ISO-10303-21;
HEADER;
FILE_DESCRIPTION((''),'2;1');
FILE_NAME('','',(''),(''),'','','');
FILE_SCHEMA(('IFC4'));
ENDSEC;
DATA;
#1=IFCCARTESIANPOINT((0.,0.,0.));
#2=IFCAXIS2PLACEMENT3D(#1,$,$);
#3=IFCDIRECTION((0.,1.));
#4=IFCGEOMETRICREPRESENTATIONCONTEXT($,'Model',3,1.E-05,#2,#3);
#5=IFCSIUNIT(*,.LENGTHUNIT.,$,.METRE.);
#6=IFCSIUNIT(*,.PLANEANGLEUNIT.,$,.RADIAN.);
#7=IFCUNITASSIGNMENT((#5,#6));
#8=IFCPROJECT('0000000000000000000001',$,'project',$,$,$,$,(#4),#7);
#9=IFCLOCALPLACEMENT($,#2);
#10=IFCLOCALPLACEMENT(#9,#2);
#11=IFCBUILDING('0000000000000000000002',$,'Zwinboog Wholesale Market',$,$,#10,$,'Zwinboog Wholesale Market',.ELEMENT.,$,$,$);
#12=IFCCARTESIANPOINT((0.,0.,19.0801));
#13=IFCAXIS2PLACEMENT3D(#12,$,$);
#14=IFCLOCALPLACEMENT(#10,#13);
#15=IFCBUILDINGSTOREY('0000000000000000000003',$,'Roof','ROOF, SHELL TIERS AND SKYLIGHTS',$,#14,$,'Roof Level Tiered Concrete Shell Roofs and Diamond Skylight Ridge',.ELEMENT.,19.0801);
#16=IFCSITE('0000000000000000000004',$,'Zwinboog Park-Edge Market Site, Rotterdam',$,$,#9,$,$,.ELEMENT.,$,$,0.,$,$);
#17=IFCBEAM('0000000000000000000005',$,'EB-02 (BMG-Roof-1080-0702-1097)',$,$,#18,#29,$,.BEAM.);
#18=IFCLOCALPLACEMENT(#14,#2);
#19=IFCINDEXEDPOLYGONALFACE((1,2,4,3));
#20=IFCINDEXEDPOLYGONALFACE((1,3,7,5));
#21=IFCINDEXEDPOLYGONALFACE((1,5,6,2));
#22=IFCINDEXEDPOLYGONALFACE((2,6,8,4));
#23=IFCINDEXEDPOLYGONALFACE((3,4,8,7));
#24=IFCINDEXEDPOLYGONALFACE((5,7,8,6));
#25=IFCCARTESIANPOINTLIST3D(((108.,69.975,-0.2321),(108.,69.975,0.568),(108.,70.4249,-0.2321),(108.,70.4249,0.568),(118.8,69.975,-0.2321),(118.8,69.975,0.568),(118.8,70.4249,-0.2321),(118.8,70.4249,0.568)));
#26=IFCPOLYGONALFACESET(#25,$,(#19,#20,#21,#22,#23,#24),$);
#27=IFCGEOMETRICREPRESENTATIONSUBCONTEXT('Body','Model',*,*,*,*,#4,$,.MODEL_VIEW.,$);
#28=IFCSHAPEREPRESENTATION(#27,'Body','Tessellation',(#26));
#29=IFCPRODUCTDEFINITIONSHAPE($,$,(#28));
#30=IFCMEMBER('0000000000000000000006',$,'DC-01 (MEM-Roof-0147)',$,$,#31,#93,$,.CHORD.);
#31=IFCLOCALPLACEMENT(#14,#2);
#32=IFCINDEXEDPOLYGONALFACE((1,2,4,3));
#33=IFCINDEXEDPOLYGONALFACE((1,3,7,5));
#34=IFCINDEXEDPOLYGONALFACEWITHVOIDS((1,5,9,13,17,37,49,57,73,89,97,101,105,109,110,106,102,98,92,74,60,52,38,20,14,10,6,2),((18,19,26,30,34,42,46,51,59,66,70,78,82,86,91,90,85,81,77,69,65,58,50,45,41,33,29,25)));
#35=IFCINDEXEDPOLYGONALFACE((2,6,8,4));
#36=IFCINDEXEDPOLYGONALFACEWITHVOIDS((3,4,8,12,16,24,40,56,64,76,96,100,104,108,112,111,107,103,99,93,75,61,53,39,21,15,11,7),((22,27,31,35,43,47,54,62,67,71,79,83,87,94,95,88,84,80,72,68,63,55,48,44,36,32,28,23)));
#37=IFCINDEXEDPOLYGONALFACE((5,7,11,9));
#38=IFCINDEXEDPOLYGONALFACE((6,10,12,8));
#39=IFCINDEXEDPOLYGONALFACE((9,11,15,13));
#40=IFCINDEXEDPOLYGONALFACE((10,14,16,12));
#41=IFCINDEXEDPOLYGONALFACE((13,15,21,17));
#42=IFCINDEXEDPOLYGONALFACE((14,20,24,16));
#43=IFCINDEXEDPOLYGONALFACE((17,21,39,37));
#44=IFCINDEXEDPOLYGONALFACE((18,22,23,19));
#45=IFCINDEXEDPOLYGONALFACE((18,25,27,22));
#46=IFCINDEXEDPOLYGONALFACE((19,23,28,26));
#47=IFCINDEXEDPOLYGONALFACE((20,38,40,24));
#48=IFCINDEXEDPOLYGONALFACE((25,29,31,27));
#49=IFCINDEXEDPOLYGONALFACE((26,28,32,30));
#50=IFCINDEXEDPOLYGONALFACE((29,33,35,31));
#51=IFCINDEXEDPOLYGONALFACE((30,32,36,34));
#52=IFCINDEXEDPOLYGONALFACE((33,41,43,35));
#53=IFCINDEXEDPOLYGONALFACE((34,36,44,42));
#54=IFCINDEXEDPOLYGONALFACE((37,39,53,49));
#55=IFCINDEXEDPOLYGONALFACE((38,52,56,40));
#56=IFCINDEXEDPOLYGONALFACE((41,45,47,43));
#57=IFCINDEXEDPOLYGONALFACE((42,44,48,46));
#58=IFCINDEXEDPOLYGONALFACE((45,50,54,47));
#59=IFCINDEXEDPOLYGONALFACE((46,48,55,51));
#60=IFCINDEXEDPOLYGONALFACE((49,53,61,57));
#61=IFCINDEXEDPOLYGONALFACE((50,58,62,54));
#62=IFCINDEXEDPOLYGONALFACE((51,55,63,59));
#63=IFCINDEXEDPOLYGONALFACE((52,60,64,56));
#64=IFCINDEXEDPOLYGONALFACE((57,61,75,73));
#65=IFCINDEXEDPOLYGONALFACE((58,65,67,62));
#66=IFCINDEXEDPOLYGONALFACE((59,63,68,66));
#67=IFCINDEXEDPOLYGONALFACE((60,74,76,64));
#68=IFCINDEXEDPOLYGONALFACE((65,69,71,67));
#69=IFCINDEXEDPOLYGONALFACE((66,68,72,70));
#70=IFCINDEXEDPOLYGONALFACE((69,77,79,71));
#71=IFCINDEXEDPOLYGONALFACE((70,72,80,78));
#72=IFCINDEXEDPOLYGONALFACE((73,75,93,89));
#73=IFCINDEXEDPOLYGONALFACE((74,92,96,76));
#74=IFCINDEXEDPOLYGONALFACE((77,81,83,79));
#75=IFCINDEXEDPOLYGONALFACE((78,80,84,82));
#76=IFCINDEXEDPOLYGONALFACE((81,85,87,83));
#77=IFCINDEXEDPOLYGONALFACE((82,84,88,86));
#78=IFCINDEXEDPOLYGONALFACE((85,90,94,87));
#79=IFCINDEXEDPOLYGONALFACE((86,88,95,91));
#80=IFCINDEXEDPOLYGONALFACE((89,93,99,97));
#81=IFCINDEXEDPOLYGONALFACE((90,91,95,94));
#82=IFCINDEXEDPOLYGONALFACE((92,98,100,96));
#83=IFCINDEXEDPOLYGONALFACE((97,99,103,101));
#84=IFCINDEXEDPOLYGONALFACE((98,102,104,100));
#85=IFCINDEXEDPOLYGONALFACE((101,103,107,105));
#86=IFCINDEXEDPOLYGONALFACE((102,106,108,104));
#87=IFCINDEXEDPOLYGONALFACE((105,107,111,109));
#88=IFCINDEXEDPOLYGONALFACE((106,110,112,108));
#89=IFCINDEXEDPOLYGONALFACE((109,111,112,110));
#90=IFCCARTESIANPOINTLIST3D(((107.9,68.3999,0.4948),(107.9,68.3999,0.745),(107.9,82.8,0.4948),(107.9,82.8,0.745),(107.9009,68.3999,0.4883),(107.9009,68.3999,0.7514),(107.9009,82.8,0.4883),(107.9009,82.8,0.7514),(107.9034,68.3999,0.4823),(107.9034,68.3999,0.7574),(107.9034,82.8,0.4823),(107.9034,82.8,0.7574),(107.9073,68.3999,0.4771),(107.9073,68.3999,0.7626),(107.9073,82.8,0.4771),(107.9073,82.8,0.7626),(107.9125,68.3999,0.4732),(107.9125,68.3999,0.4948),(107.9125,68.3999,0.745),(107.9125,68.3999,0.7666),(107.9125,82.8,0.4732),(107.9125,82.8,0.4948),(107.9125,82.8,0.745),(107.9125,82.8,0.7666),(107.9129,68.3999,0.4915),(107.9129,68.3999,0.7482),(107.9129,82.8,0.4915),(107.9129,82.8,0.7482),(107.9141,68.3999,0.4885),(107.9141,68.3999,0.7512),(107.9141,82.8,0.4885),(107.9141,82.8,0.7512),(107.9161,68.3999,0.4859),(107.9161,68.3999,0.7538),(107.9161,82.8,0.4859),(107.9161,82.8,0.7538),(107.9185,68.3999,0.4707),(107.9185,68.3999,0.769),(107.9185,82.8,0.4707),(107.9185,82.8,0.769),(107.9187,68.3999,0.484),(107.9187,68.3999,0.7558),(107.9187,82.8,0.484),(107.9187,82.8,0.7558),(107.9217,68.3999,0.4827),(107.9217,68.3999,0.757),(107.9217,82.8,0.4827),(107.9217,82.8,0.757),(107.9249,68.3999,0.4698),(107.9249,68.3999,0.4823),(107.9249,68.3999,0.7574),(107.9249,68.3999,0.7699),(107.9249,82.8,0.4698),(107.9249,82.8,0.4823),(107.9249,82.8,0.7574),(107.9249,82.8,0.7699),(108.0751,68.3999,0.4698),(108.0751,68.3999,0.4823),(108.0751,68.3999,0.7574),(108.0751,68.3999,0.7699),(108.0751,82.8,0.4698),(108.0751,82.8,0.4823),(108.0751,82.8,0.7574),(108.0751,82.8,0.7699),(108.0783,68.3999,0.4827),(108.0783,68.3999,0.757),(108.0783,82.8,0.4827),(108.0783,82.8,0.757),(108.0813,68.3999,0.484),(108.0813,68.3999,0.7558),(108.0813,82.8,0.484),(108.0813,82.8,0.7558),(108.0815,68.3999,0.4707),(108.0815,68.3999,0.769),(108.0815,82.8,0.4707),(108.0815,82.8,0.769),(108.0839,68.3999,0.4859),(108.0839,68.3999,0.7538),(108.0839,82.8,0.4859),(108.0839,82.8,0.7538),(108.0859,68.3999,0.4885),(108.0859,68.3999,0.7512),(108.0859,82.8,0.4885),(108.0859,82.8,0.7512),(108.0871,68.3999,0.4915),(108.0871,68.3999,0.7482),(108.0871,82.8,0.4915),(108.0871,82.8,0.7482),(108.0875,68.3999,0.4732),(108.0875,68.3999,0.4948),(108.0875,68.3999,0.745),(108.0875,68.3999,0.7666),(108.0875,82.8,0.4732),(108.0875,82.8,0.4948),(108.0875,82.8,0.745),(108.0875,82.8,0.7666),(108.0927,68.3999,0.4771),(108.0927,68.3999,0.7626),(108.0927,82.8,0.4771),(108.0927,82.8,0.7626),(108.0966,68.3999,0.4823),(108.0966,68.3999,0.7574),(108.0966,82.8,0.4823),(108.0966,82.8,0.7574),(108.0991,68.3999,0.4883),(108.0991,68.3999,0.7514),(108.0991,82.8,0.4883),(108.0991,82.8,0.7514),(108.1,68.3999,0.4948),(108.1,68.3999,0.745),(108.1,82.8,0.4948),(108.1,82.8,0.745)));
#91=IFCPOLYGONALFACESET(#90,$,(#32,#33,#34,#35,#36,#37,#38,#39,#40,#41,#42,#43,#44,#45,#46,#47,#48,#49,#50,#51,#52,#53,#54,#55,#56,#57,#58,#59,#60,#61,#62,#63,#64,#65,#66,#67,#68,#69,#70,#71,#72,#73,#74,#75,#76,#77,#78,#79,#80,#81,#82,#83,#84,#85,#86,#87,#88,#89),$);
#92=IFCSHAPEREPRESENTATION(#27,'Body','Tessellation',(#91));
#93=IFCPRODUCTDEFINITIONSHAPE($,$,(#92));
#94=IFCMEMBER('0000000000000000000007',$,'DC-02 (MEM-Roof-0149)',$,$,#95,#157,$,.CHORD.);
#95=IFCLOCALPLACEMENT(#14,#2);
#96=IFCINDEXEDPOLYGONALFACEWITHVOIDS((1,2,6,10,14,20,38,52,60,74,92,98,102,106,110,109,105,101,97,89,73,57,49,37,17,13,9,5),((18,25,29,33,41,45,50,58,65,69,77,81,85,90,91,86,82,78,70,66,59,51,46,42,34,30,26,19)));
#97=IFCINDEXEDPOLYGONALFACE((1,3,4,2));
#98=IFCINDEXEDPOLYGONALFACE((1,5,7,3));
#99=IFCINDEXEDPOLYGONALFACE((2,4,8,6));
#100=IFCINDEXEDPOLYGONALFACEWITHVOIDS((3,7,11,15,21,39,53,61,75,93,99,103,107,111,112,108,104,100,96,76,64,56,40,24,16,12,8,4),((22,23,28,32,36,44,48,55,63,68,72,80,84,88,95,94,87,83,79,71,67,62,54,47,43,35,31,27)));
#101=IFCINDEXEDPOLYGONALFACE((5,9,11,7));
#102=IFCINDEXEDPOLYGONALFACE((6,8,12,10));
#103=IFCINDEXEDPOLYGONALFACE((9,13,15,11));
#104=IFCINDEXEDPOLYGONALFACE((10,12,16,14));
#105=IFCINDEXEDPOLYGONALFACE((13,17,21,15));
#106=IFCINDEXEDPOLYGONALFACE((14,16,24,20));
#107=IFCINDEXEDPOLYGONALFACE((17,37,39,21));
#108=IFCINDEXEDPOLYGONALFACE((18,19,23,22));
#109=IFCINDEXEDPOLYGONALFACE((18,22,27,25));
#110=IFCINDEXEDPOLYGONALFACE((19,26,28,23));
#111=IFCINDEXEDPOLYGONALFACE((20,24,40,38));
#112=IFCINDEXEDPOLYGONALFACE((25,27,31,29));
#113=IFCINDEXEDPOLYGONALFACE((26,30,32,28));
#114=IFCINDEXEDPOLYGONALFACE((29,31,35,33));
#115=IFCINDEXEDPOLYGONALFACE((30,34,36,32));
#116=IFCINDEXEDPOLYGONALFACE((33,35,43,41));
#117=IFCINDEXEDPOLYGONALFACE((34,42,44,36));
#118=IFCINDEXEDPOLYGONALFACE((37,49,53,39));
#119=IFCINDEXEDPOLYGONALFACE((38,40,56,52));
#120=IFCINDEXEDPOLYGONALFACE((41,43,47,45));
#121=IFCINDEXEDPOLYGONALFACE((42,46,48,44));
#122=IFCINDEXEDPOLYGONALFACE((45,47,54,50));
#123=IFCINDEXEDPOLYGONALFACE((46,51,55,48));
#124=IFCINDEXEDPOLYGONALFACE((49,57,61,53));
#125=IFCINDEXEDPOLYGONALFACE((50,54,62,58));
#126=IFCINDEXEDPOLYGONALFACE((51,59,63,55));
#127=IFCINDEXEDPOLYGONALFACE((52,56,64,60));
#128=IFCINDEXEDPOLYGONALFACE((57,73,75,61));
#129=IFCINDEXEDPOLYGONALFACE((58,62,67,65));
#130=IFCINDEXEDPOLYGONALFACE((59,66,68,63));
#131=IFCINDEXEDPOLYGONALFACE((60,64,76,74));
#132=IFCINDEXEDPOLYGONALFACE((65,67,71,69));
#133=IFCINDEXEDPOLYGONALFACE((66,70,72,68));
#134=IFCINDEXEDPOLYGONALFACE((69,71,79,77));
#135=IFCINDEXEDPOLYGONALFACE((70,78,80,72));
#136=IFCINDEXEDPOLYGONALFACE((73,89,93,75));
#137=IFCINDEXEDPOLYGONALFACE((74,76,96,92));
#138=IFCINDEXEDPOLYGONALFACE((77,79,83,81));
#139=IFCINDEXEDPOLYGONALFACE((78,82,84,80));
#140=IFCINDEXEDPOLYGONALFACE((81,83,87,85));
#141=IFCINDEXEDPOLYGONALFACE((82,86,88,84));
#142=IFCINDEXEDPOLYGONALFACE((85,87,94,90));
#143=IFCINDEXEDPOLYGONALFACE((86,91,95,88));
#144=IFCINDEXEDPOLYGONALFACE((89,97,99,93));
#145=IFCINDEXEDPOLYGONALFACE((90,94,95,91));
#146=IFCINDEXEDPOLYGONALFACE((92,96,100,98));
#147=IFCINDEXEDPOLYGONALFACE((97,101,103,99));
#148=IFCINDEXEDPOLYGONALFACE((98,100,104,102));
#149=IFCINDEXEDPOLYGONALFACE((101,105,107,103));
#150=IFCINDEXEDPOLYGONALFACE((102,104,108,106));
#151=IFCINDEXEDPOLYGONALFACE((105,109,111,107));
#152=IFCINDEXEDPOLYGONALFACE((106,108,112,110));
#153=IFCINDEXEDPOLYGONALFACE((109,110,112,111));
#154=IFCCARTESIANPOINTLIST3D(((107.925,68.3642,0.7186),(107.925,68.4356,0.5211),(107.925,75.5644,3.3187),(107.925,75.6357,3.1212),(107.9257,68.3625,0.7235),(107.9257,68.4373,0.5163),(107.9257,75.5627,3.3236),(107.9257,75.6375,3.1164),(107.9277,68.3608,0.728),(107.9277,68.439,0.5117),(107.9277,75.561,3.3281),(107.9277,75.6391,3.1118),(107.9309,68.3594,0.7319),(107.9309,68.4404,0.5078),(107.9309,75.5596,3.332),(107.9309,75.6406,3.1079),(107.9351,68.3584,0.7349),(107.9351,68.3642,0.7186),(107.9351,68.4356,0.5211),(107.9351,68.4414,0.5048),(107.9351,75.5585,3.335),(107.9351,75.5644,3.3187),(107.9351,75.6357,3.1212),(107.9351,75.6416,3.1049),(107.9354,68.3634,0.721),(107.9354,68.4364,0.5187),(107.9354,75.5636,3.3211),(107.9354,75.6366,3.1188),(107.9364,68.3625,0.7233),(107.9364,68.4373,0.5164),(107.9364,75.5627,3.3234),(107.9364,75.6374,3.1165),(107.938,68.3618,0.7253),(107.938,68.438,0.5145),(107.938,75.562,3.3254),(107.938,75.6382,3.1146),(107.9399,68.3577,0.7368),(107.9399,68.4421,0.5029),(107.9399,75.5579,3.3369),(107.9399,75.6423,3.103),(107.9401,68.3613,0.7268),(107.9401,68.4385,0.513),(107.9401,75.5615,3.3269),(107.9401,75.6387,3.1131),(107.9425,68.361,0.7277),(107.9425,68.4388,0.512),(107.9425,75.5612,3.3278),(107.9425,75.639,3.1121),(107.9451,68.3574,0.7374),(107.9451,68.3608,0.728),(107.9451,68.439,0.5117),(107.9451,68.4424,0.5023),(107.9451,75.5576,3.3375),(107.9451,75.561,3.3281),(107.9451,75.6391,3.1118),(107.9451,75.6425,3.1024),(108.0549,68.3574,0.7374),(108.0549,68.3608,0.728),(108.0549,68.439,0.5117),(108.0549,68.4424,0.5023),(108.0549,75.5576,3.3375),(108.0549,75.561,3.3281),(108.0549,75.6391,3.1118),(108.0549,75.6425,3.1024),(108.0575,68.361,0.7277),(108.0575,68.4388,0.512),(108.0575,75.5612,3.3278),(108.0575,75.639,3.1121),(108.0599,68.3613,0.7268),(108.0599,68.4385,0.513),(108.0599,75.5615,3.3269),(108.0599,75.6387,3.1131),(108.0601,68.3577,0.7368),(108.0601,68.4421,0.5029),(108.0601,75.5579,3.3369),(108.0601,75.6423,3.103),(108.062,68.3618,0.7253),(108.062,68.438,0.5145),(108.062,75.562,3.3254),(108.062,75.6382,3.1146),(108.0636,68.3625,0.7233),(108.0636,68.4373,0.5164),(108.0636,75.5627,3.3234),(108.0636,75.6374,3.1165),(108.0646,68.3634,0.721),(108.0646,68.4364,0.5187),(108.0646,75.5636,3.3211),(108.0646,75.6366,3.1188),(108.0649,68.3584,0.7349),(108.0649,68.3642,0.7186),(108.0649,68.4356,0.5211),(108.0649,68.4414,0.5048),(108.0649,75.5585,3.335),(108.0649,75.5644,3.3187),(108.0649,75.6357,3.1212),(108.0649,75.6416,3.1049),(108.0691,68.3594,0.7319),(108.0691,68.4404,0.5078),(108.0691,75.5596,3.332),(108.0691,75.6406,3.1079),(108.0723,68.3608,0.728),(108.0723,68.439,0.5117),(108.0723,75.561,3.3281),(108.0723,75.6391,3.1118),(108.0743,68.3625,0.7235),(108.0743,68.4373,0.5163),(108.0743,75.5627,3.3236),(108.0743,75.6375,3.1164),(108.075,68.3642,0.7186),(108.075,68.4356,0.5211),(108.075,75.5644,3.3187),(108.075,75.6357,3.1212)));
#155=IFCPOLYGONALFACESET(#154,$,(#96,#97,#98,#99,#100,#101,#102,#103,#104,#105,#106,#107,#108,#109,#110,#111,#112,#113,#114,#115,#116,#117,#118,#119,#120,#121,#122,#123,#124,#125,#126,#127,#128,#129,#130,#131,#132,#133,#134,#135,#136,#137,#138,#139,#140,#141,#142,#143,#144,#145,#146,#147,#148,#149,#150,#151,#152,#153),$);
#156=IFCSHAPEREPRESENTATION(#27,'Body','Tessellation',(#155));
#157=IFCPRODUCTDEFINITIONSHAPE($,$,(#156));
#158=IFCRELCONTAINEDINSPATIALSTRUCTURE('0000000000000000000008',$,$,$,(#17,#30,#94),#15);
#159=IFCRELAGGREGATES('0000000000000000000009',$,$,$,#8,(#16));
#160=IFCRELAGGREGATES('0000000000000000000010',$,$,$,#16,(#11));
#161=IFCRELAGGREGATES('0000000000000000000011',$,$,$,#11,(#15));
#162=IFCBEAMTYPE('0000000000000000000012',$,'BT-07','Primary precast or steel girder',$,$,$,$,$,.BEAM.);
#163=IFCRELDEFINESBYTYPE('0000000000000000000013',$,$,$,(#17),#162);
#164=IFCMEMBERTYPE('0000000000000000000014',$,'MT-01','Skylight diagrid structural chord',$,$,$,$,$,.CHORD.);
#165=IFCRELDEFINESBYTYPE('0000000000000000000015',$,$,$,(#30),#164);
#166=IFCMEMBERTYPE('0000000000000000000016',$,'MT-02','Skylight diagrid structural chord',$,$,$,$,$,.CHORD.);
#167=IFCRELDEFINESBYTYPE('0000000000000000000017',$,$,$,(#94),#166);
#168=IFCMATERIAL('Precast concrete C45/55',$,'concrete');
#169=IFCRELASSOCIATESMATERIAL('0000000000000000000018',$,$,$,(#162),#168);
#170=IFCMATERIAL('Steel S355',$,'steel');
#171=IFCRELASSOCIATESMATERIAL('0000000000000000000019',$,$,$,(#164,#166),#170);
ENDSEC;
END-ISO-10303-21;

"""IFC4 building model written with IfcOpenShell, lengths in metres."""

from ifc_helpers import new_model, si_unit, direction, frame, origin, origin_2d, place, context, subcontext, project, spatial, rectangle, hollow_rectangle, extrude, material, material_profile, profile_set, type_object, element, save


model = new_model("IFC4")

# Units and contexts
model_context = context("Model", 3, precision=1e-05, world=origin(), true_north=direction((0.0, 1.0)))
body_context = subcontext(model_context, "Body", "Model", "MODEL_VIEW")
ifc_project = project(units=[si_unit("LENGTHUNIT", "METRE"), si_unit("PLANEANGLEUNIT", "RADIAN")], contexts=[model_context])

# Site, building, storey
site_placement = place(None, origin())
site = spatial("IfcSite", under=ifc_project, at=site_placement, Name="Zwinboog Park-Edge Market Site, Rotterdam", CompositionType="ELEMENT", RefElevation=0.0)
building_placement = place(site_placement, origin())
building = spatial("IfcBuilding", under=site, at=building_placement, Name="Zwinboog Wholesale Market", LongName="Zwinboog Wholesale Market", CompositionType="ELEMENT")
storey_placement = place(building_placement, frame((0.0, 0.0, 19.0801)))
storey = spatial("IfcBuildingStorey", under=building, at=storey_placement, Name="Roof", Description="ROOF, SHELL TIERS AND SKYLIGHTS", LongName="Roof Level Tiered Concrete Shell Roofs and Diamond Skylight Ridge", CompositionType="ELEMENT", Elevation=19.0801)

# Beam
ifc_material_1 = material(Name="Precast concrete C45/55", Category="concrete")
ifc_material_profile_1 = material_profile(ifc_material_1, rectangle(XDim=0.45, YDim=0.8, at=origin_2d()), Name="PC 450x800")
ifc_profile_set_1 = profile_set([ifc_material_profile_1], Name="Precast concrete C45/55")
beam_type = type_object("IfcBeamType", Name="BT-07", Description="Primary precast or steel girder", PredefinedType="BEAM", material=ifc_profile_set_1)
beam_placement = place(storey_placement, frame((108.0, 70.2, 0.168), z_axis=(1.0, 0.0, 0.0), x_axis=(0.0, 1.0, 0.0)))
element("IfcBeam", 1, at=beam_placement, inside=storey, type_object=beam_type, Name="EB-02 (BMG-Roof-1080-0702-1097)", PredefinedType="BEAM", context=body_context, shape_type="SweptSolid", body=[
    extrude(rectangle(XDim=0.45, YDim=0.8, at=origin_2d()), origin(), (0.0, 0.0, 1.0), 10.8),
])

# Members
ifc_material_2 = material(Name="Steel S355", Category="steel")
ifc_material_profile_2 = material_profile(ifc_material_2, hollow_rectangle(XDim=0.2, YDim=0.3, WallThickness=0.0125, InnerFilletRadius=0.0125, OuterFilletRadius=0.0249, at=origin_2d()), Name="RHS 300x200x12.5")
ifc_profile_set_2 = profile_set([ifc_material_profile_2], Name="Steel S355")
member_type_1 = type_object("IfcMemberType", Name="MT-01", Description="Skylight diagrid structural chord", PredefinedType="CHORD", material=ifc_profile_set_2)
member_1_placement = place(storey_placement, frame((108.0, 68.3999, 0.6199), z_axis=(0.0, 1.0, 0.0), x_axis=(-1.0, 0.0, 0.0)))
element("IfcMember", 2, at=member_1_placement, inside=storey, type_object=member_type_1, Name="DC-01 (MEM-Roof-0147)", PredefinedType="CHORD", context=body_context, shape_type="SweptSolid", body=[
    extrude(hollow_rectangle(XDim=0.2, YDim=0.3, WallThickness=0.0125, InnerFilletRadius=0.0125, OuterFilletRadius=0.0249, at=origin_2d()), origin(), (0.0, 0.0, 1.0), 14.4001),
])
ifc_material_profile_3 = material_profile(ifc_material_2, hollow_rectangle(XDim=0.1499, YDim=0.25, WallThickness=0.01, InnerFilletRadius=0.01, OuterFilletRadius=0.02, at=origin_2d()), Name="RHS 250x150x10")
ifc_profile_set_3 = profile_set([ifc_material_profile_3], Name="Steel S355")
member_type_2 = type_object("IfcMemberType", Name="MT-02", Description="Skylight diagrid structural chord", PredefinedType="CHORD", material=ifc_profile_set_3)
member_2_placement = place(storey_placement, frame((108.0, 68.3999, 0.6199), z_axis=(0.0, 0.940553, 0.339648), x_axis=(-1.0, 0.0, 0.0)))
element("IfcMember", 3, at=member_2_placement, inside=storey, type_object=member_type_2, Name="DC-02 (MEM-Roof-0149)", PredefinedType="CHORD", context=body_context, shape_type="SweptSolid", body=[
    extrude(hollow_rectangle(XDim=0.1499, YDim=0.25, WallThickness=0.01, InnerFilletRadius=0.01, OuterFilletRadius=0.02, at=origin_2d()), origin(), (0.0, 0.0, 1.0), 7.6553),
])

save(model, "model.ifc")
